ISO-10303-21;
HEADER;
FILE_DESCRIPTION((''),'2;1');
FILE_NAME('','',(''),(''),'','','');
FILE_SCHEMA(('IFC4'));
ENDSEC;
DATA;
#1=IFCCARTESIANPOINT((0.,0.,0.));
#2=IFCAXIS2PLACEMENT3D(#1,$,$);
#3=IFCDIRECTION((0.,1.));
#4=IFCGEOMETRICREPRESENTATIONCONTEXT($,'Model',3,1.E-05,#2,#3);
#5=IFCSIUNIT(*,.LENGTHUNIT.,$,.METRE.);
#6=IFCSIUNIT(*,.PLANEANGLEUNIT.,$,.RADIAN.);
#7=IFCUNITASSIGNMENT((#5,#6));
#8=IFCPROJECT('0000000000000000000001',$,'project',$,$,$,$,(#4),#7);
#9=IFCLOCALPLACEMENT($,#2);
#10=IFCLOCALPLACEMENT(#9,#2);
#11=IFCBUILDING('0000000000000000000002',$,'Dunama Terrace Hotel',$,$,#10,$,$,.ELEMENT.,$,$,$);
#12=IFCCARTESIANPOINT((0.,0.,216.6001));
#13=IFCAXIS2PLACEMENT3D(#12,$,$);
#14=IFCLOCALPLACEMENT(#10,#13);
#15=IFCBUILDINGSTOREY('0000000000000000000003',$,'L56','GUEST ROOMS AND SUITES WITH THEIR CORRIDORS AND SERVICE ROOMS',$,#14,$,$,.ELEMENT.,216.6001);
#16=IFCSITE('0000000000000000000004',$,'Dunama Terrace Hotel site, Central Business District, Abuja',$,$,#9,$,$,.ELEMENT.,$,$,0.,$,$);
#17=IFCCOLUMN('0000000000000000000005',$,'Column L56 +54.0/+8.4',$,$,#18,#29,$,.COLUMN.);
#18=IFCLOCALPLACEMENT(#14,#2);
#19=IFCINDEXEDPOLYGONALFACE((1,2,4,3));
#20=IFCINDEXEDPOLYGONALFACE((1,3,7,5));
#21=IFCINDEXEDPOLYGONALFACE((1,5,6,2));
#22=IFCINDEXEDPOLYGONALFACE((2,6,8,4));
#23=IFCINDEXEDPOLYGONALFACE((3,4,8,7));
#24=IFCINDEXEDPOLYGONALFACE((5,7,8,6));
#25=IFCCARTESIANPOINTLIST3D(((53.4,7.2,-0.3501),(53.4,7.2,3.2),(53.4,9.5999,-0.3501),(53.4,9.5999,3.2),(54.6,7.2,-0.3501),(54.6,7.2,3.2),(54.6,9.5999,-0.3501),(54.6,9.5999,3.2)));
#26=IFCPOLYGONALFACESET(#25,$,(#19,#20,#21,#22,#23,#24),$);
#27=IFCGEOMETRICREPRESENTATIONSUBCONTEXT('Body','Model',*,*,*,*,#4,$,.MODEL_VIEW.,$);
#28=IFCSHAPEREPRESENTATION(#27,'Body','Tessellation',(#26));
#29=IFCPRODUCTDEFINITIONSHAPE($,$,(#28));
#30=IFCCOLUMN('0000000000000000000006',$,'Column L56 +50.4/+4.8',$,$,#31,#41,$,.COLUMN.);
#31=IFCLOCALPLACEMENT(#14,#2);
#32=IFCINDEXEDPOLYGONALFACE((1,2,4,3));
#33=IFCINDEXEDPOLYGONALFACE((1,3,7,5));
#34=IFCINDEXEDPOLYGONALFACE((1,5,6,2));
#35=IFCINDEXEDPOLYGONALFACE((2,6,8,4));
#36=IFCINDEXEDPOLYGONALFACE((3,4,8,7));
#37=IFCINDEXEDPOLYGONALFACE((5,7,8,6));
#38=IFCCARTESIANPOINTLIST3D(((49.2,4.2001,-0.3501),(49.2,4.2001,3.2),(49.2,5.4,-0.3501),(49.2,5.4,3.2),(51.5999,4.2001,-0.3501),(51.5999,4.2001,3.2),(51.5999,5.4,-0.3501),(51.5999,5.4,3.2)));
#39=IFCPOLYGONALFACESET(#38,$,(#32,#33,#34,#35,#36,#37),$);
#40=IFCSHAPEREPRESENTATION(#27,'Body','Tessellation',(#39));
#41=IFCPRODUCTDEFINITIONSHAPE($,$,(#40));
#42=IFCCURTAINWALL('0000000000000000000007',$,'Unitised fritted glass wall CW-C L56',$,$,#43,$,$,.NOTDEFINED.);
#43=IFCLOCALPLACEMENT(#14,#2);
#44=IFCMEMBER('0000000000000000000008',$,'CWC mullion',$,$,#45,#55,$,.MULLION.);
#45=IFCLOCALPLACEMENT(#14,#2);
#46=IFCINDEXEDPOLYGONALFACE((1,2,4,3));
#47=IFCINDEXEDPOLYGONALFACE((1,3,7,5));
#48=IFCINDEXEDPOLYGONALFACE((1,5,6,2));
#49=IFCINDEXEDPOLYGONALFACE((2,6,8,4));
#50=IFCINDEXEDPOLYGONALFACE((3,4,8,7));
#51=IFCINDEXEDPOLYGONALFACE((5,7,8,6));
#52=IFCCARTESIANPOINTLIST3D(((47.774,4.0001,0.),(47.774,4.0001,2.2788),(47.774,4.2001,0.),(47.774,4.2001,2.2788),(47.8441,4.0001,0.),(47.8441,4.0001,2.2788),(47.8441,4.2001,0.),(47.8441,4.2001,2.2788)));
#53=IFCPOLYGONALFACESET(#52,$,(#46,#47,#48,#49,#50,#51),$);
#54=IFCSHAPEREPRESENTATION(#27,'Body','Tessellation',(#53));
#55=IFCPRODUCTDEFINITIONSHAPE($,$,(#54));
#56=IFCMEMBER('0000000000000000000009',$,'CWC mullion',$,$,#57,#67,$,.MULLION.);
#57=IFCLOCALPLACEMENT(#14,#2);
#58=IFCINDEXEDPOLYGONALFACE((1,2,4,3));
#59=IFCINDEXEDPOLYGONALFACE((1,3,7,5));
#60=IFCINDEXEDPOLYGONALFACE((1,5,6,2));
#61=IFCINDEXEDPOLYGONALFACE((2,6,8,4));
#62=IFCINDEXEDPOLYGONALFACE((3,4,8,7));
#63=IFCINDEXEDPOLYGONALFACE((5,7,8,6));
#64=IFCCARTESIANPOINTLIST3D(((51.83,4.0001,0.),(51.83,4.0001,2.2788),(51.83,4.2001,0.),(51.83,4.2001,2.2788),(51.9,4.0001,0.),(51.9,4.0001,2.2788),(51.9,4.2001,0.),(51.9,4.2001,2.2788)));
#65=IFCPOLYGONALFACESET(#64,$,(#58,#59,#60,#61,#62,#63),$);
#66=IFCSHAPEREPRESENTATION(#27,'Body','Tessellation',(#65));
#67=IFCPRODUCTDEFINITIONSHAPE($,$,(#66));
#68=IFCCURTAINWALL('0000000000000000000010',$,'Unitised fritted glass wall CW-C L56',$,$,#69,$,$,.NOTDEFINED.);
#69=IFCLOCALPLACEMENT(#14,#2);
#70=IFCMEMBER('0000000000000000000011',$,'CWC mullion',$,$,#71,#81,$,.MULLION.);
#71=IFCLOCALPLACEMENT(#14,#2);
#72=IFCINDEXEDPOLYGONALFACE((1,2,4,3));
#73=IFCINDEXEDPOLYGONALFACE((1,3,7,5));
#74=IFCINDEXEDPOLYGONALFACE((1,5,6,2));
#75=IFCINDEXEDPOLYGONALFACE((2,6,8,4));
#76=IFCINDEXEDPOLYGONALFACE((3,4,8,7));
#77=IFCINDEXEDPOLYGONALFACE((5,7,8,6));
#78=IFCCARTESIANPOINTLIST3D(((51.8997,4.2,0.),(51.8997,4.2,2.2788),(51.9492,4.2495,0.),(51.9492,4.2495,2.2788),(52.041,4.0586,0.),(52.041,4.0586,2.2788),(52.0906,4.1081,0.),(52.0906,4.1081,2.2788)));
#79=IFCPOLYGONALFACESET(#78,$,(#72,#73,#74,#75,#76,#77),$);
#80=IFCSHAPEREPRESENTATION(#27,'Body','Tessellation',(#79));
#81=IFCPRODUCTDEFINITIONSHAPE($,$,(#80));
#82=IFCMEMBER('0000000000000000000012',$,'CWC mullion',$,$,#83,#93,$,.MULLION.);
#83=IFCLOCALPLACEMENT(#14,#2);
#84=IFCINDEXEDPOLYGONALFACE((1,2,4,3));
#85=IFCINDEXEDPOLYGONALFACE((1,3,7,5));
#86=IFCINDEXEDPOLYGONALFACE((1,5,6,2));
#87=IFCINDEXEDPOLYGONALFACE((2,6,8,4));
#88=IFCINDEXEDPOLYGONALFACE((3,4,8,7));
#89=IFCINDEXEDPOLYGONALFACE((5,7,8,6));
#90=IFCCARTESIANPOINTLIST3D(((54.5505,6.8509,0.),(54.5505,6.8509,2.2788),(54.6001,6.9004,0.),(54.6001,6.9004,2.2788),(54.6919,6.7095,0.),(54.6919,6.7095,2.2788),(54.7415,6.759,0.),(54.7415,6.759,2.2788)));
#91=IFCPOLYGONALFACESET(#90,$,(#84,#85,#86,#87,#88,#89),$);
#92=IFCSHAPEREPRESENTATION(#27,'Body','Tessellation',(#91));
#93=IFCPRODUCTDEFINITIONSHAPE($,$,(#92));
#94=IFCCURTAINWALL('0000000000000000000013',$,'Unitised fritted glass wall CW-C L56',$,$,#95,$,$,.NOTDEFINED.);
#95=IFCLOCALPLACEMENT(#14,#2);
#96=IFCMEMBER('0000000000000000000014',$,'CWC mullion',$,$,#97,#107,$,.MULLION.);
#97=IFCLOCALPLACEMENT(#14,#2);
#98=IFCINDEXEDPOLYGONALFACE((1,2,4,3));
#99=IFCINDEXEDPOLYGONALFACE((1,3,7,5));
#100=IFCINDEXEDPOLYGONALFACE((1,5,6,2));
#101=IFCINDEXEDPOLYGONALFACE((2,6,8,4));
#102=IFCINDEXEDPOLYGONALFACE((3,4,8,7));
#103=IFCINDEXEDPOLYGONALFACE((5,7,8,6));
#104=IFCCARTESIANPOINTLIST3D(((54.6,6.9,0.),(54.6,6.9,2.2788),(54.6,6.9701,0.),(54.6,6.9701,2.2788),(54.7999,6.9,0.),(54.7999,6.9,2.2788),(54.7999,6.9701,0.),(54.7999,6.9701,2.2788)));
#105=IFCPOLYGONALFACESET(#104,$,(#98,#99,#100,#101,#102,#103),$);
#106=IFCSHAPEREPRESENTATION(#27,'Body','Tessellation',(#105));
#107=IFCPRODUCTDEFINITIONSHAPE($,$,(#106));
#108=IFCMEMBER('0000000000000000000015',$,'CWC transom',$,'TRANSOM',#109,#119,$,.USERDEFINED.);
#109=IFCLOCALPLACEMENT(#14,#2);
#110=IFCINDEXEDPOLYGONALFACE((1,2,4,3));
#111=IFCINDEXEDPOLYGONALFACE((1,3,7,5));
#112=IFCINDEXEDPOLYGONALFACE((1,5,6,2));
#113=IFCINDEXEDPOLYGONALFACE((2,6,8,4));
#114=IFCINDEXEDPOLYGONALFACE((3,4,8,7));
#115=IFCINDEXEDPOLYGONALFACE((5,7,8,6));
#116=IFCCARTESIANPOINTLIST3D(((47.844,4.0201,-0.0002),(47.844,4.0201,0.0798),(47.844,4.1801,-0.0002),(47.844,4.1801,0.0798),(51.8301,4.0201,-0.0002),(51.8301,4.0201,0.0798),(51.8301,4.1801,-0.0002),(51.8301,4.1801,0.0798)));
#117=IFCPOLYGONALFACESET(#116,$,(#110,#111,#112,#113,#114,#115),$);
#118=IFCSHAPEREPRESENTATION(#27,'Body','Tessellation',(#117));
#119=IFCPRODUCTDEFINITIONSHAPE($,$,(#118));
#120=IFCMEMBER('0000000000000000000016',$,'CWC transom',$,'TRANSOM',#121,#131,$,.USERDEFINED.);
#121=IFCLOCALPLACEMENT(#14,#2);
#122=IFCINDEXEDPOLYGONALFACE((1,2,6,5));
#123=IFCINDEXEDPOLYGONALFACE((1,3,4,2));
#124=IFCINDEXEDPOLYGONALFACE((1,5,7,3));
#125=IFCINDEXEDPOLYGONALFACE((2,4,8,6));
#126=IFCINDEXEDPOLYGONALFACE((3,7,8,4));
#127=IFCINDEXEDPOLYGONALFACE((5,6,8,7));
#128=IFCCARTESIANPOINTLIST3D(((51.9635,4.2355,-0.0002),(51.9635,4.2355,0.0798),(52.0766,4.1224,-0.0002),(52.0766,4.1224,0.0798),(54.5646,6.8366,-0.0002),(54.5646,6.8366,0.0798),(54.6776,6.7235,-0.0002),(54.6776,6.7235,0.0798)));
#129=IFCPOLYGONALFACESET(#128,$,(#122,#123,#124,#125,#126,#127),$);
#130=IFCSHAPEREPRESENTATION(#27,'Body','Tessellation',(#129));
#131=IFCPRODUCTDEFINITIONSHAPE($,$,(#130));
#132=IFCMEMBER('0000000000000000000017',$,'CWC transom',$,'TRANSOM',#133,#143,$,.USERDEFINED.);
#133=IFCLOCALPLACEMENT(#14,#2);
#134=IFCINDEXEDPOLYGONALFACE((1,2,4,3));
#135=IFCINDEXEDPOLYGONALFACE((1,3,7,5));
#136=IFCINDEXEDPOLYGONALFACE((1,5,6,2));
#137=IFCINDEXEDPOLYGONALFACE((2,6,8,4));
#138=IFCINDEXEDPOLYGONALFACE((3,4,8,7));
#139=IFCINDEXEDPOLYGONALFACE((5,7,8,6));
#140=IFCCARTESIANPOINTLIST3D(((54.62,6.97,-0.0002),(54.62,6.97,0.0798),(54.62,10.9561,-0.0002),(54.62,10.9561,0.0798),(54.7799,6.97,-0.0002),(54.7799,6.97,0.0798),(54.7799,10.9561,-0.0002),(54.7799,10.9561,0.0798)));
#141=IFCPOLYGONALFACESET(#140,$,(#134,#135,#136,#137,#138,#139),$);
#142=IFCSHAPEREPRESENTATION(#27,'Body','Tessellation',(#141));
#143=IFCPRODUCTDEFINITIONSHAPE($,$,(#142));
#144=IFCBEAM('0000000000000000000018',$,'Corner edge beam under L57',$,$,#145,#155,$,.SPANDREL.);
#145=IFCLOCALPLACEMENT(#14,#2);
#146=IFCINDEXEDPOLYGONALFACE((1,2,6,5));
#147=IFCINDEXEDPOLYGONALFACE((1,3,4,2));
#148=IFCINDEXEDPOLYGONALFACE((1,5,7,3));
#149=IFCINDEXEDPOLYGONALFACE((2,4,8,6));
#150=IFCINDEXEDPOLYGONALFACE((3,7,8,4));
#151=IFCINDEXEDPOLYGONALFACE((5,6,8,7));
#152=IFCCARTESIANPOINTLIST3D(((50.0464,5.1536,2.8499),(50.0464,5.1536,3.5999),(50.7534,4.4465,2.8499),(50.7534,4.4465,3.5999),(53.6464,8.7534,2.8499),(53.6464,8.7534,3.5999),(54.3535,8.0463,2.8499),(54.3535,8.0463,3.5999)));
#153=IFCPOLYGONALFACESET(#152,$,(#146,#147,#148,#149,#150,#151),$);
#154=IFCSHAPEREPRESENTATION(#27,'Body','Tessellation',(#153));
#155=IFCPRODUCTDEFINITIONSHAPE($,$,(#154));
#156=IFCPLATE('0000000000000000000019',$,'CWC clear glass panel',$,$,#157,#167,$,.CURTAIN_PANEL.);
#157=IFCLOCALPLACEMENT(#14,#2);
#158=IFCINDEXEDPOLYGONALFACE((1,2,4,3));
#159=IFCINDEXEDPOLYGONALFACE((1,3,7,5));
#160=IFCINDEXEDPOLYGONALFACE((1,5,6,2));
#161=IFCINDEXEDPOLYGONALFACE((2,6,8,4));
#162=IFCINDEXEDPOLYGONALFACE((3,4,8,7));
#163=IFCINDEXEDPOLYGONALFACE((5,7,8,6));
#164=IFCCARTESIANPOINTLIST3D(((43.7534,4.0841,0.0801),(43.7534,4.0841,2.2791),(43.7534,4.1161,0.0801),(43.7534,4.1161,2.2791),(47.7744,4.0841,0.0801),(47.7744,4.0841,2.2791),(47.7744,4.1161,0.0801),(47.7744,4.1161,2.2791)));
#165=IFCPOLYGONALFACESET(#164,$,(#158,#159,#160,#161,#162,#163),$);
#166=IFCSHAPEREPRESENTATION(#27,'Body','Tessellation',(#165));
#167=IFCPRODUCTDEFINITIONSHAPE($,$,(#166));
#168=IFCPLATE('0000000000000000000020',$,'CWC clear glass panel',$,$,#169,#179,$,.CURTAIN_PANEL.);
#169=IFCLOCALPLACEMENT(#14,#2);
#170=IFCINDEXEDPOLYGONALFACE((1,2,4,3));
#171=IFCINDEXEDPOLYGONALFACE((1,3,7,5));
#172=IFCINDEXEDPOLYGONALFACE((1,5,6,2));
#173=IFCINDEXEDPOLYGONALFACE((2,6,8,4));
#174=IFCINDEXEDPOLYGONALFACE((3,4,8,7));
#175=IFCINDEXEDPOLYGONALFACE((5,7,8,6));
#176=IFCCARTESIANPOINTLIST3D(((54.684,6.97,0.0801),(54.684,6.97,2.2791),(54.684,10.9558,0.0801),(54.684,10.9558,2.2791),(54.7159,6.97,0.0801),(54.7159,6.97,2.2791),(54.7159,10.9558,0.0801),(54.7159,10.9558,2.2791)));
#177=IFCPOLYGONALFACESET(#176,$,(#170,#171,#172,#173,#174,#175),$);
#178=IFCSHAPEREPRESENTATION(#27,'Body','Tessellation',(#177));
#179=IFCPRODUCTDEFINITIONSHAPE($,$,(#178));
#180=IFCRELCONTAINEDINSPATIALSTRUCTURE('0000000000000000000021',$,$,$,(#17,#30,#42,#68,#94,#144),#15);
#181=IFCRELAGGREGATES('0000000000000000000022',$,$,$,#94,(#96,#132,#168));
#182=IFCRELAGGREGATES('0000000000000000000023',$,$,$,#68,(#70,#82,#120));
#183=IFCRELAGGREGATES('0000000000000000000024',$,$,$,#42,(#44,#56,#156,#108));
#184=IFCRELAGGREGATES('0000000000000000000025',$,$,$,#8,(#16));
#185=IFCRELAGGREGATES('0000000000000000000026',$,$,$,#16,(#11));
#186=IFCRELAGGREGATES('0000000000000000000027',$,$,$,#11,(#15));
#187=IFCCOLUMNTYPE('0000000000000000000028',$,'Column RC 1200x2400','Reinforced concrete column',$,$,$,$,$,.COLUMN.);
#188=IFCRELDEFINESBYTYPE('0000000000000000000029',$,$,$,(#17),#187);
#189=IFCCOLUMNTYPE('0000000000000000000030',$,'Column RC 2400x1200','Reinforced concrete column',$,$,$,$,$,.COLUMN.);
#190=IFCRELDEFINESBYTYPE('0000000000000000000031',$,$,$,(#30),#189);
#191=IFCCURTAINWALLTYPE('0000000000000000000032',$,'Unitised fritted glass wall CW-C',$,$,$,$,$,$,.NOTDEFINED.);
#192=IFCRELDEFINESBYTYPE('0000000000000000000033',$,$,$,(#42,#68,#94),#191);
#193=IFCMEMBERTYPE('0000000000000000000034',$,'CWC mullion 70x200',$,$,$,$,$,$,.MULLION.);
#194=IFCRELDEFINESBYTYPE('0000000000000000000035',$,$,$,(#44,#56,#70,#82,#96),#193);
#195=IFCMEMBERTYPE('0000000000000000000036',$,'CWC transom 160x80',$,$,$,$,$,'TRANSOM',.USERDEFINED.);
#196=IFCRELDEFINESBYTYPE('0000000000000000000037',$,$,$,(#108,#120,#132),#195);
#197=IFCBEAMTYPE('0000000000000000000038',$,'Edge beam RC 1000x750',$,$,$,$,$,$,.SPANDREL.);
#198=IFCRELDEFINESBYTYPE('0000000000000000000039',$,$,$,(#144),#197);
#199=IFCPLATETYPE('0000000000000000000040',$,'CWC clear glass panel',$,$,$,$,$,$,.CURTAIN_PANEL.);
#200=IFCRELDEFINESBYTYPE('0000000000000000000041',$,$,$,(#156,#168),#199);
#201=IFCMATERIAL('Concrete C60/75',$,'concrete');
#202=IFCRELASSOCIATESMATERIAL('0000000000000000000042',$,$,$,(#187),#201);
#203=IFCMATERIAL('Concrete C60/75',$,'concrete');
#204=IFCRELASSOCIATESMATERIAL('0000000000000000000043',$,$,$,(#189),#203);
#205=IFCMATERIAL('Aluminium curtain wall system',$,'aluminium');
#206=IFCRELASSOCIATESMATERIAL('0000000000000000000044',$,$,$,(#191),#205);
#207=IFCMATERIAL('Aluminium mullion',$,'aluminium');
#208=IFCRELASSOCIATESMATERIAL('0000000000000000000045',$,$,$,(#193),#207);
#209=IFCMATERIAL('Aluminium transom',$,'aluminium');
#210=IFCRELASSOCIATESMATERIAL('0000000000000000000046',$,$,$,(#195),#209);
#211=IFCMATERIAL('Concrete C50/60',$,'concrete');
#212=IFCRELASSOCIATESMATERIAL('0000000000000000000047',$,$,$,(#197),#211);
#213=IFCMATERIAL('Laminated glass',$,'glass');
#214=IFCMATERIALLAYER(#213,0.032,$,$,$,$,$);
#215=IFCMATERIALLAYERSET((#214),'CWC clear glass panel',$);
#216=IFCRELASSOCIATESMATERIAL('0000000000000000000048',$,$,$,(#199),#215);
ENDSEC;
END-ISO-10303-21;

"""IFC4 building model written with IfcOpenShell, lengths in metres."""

from ifc_helpers import new_model, si_unit, direction, frame, origin, origin_2d, place, context, subcontext, project, spatial, rectangle, extrude, material, layer, layer_set, material_profile, profile_set, type_object, element, aggregate, save


model = new_model("IFC4")

# Units and contexts
model_context = context("Model", 3, precision=1e-05, world=origin(), true_north=direction((0.0, 1.0)))
body_context = subcontext(model_context, "Body", "Model", "MODEL_VIEW")
ifc_project = project(units=[si_unit("LENGTHUNIT", "METRE"), si_unit("PLANEANGLEUNIT", "RADIAN")], contexts=[model_context])

# Site, building, storey
site_placement = place(None, origin())
site = spatial("IfcSite", under=ifc_project, at=site_placement, Name="Dunama Terrace Hotel site, Central Business District, Abuja", CompositionType="ELEMENT", RefElevation=0.0)
building_placement = place(site_placement, origin())
building = spatial("IfcBuilding", under=site, at=building_placement, Name="Dunama Terrace Hotel", CompositionType="ELEMENT")
storey_placement = place(building_placement, frame((0.0, 0.0, 216.6001)))
storey = spatial("IfcBuildingStorey", under=building, at=storey_placement, Name="L56", Description="GUEST ROOMS AND SUITES WITH THEIR CORRIDORS AND SERVICE ROOMS", CompositionType="ELEMENT", Elevation=216.6001)

# Columns
ifc_material_1 = material(Name="Concrete C60/75", Category="concrete")
ifc_material_profile_1 = material_profile(ifc_material_1, rectangle(XDim=1.2, YDim=2.3999, at=origin_2d()), Name="RC 1200x2400")
ifc_profile_set_1 = profile_set([ifc_material_profile_1], Name="Concrete C60/75")
column_type_1 = type_object("IfcColumnType", Name="Column RC 1200x2400", Description="Reinforced concrete column", PredefinedType="COLUMN", material=ifc_profile_set_1)
column_1_placement = place(storey_placement, frame((54.0, 8.3999, -0.3501), z_axis=(0.0, 0.0, 1.0), x_axis=(1.0, 0.0, 0.0)))
element("IfcColumn", 1, at=column_1_placement, inside=storey, type_object=column_type_1, Name="Column L56 +54.0/+8.4", PredefinedType="COLUMN", context=body_context, shape_type="SweptSolid", body=[
    extrude(rectangle(XDim=1.2, YDim=2.3999, at=origin_2d()), origin(), (0.0, 0.0, 1.0), 3.55),
])
ifc_material_2 = material(Name="Concrete C60/75", Category="concrete")
ifc_material_profile_2 = material_profile(ifc_material_2, rectangle(XDim=2.3999, YDim=1.2, at=origin_2d()), Name="RC 2400x1200")
ifc_profile_set_2 = profile_set([ifc_material_profile_2], Name="Concrete C60/75")
column_type_2 = type_object("IfcColumnType", Name="Column RC 2400x1200", Description="Reinforced concrete column", PredefinedType="COLUMN", material=ifc_profile_set_2)
column_2_placement = place(storey_placement, frame((50.3999, 4.8, -0.3501), z_axis=(0.0, 0.0, 1.0), x_axis=(1.0, 0.0, 0.0)))
element("IfcColumn", 2, at=column_2_placement, inside=storey, type_object=column_type_2, Name="Column L56 +50.4/+4.8", PredefinedType="COLUMN", context=body_context, shape_type="SweptSolid", body=[
    extrude(rectangle(XDim=2.3999, YDim=1.2, at=origin_2d()), origin(), (0.0, 0.0, 1.0), 3.55),
])

# Curtain walls, members
ifc_material_3 = material(Name="Aluminium curtain wall system", Category="aluminium")
curtain_wall_type = type_object("IfcCurtainWallType", Name="Unitised fritted glass wall CW-C", PredefinedType="NOTDEFINED", material=ifc_material_3)
curtain_wall_1_placement = place(storey_placement, origin())
curtain_wall_1 = element("IfcCurtainWall", 3, at=curtain_wall_1_placement, inside=storey, type_object=curtain_wall_type, Name="Unitised fritted glass wall CW-C L56", PredefinedType="NOTDEFINED")
ifc_material_4 = material(Name="Aluminium mullion", Category="aluminium")
ifc_material_profile_3 = material_profile(ifc_material_4, rectangle(XDim=0.0701, YDim=0.2, at=origin_2d()), Name="CWC MULLION 70X200")
ifc_profile_set_3 = profile_set([ifc_material_profile_3], Name="Aluminium mullion")
member_type_1 = type_object("IfcMemberType", Name="CWC mullion 70x200", PredefinedType="MULLION", material=ifc_profile_set_3)
member_1_placement = place(storey_placement, frame((47.8091, 4.1001, 0.0), z_axis=(0.0, 0.0, 1.0), x_axis=(1.0, 0.0, 0.0)))
member_1 = element("IfcMember", 4, at=member_1_placement, type_object=member_type_1, Name="CWC mullion", PredefinedType="MULLION", context=body_context, shape_type="SweptSolid", body=[
    extrude(rectangle(XDim=0.0701, YDim=0.2, at=origin_2d()), origin(), (0.0, 0.0, 1.0), 2.2788),
])
member_2_placement = place(storey_placement, frame((51.865, 4.1001, 0.0), z_axis=(0.0, 0.0, 1.0), x_axis=(1.0, 0.0, 0.0)))
member_2 = element("IfcMember", 5, at=member_2_placement, type_object=member_type_1, Name="CWC mullion", PredefinedType="MULLION", context=body_context, shape_type="SweptSolid", body=[
    extrude(rectangle(XDim=0.0701, YDim=0.2, at=origin_2d()), origin(), (0.0, 0.0, 1.0), 2.2788),
])
curtain_wall_2_placement = place(storey_placement, origin())
curtain_wall_2 = element("IfcCurtainWall", 6, at=curtain_wall_2_placement, inside=storey, type_object=curtain_wall_type, Name="Unitised fritted glass wall CW-C L56", PredefinedType="NOTDEFINED")
member_3_placement = place(storey_placement, frame((51.9951, 4.1541, 0.0), z_axis=(0.0, 0.0, 1.0), x_axis=(0.707107, 0.707107, 0.0)))
member_3 = element("IfcMember", 7, at=member_3_placement, type_object=member_type_1, Name="CWC mullion", PredefinedType="MULLION", context=body_context, shape_type="SweptSolid", body=[
    extrude(rectangle(XDim=0.0701, YDim=0.2, at=origin_2d()), origin(), (0.0, 0.0, 1.0), 2.2788),
])
member_4_placement = place(storey_placement, frame((54.646, 6.8049, 0.0), z_axis=(0.0, 0.0, 1.0), x_axis=(0.707107, 0.707107, 0.0)))
member_4 = element("IfcMember", 8, at=member_4_placement, type_object=member_type_1, Name="CWC mullion", PredefinedType="MULLION", context=body_context, shape_type="SweptSolid", body=[
    extrude(rectangle(XDim=0.0701, YDim=0.2, at=origin_2d()), origin(), (0.0, 0.0, 1.0), 2.2788),
])

# Curtain wall, member
curtain_wall_3_placement = place(storey_placement, origin())
curtain_wall_3 = element("IfcCurtainWall", 9, at=curtain_wall_3_placement, inside=storey, type_object=curtain_wall_type, Name="Unitised fritted glass wall CW-C L56", PredefinedType="NOTDEFINED")
member_5_placement = place(storey_placement, frame((54.7, 6.9351, 0.0), z_axis=(0.0, 0.0, 1.0), x_axis=(0.0, 1.0, 0.0)))
member_5 = element("IfcMember", 10, at=member_5_placement, type_object=member_type_1, Name="CWC mullion", PredefinedType="MULLION", context=body_context, shape_type="SweptSolid", body=[
    extrude(rectangle(XDim=0.0701, YDim=0.2, at=origin_2d()), origin(), (0.0, 0.0, 1.0), 2.2788),
])

# Members
ifc_material_5 = material(Name="Aluminium transom", Category="aluminium")
ifc_material_profile_4 = material_profile(ifc_material_5, rectangle(XDim=0.1599, YDim=0.0801, at=origin_2d()), Name="CWC TRANSOM 160X80")
ifc_profile_set_4 = profile_set([ifc_material_profile_4], Name="Aluminium transom")
member_type_2 = type_object("IfcMemberType", Name="CWC transom 160x80", ElementType="TRANSOM", PredefinedType="USERDEFINED", material=ifc_profile_set_4)
member_6_placement = place(storey_placement, frame((47.844, 4.1001, 0.0398), z_axis=(1.0, 0.0, 0.0), x_axis=(0.0, 1.0, 0.0)))
member_6 = element("IfcMember", 11, at=member_6_placement, type_object=member_type_2, Name="CWC transom", ObjectType="TRANSOM", PredefinedType="USERDEFINED", context=body_context, shape_type="SweptSolid", body=[
    extrude(rectangle(XDim=0.1599, YDim=0.0801, at=origin_2d()), origin(), (0.0, 0.0, 1.0), 3.9861),
])
member_7_placement = place(storey_placement, frame((52.02, 4.179, 0.0398), z_axis=(0.707107, 0.707107, 0.0), x_axis=(-0.707107, 0.707107, 0.0)))
member_7 = element("IfcMember", 12, at=member_7_placement, type_object=member_type_2, Name="CWC transom", ObjectType="TRANSOM", PredefinedType="USERDEFINED", context=body_context, shape_type="SweptSolid", body=[
    extrude(rectangle(XDim=0.1599, YDim=0.0801, at=origin_2d()), origin(), (0.0, 0.0, 1.0), 3.6785),
])
member_8_placement = place(storey_placement, frame((54.7, 6.97, 0.0398), z_axis=(0.0, 1.0, 0.0), x_axis=(-1.0, 0.0, 0.0)))
member_8 = element("IfcMember", 13, at=member_8_placement, type_object=member_type_2, Name="CWC transom", ObjectType="TRANSOM", PredefinedType="USERDEFINED", context=body_context, shape_type="SweptSolid", body=[
    extrude(rectangle(XDim=0.1599, YDim=0.0801, at=origin_2d()), origin(), (0.0, 0.0, 1.0), 3.9861),
])

# Beam
ifc_material_6 = material(Name="Concrete C50/60", Category="concrete")
ifc_material_profile_5 = material_profile(ifc_material_6, rectangle(XDim=1.0, YDim=0.75, at=origin_2d()), Name="RC 1000x750")
ifc_profile_set_5 = profile_set([ifc_material_profile_5], Name="Concrete C50/60")
beam_type = type_object("IfcBeamType", Name="Edge beam RC 1000x750", PredefinedType="SPANDREL", material=ifc_profile_set_5)
beam_placement = place(storey_placement, frame((50.3999, 4.8, 3.2249), z_axis=(0.707131, 0.707083, 0.0), x_axis=(-0.707083, 0.707131, 0.0)))
element("IfcBeam", 14, at=beam_placement, inside=storey, type_object=beam_type, Name="Corner edge beam under L57", PredefinedType="SPANDREL", context=body_context, shape_type="SweptSolid", body=[
    extrude(rectangle(XDim=1.0, YDim=0.75, at=origin_2d()), origin(), (0.0, 0.0, 1.0), 5.0911),
])

# Plates
ifc_material_7 = material(Name="Laminated glass", Category="glass")
ifc_layer_1 = layer(ifc_material_7, 0.032)
ifc_layer_set_1 = layer_set([ifc_layer_1], Name="CWC clear glass panel")
plate_type_1 = type_object("IfcPlateType", Name="CWC clear glass panel", PredefinedType="CURTAIN_PANEL", material=ifc_layer_set_1)
plate_1_placement = place(storey_placement, frame((45.7639, 4.1001, 0.0801), z_axis=(0.0, 0.0, 1.0), x_axis=(1.0, 0.0, 0.0)))
plate_1 = element("IfcPlate", 15, at=plate_1_placement, type_object=plate_type_1, Name="CWC clear glass panel", PredefinedType="CURTAIN_PANEL", context=body_context, shape_type="SweptSolid", body=[
    extrude(rectangle(XDim=4.021, YDim=0.032, at=origin_2d()), origin(), (0.0, 0.0, 1.0), 2.199),
])
plate_2_placement = place(storey_placement, frame((54.7, 8.9629, 0.0801), z_axis=(0.0, 0.0, 1.0), x_axis=(0.0, 1.0, 0.0)))
plate_2 = element("IfcPlate", 16, at=plate_2_placement, type_object=plate_type_1, Name="CWC clear glass panel", PredefinedType="CURTAIN_PANEL", context=body_context, shape_type="SweptSolid", body=[
    extrude(rectangle(XDim=3.9858, YDim=0.032, at=origin_2d()), origin(), (0.0, 0.0, 1.0), 2.199),
])
aggregate(curtain_wall_3, [member_5, member_8, plate_2])
aggregate(curtain_wall_2, [member_3, member_4, member_7])
aggregate(curtain_wall_1, [member_1, member_2, plate_1, member_6])

save(model, "model.ifc")
